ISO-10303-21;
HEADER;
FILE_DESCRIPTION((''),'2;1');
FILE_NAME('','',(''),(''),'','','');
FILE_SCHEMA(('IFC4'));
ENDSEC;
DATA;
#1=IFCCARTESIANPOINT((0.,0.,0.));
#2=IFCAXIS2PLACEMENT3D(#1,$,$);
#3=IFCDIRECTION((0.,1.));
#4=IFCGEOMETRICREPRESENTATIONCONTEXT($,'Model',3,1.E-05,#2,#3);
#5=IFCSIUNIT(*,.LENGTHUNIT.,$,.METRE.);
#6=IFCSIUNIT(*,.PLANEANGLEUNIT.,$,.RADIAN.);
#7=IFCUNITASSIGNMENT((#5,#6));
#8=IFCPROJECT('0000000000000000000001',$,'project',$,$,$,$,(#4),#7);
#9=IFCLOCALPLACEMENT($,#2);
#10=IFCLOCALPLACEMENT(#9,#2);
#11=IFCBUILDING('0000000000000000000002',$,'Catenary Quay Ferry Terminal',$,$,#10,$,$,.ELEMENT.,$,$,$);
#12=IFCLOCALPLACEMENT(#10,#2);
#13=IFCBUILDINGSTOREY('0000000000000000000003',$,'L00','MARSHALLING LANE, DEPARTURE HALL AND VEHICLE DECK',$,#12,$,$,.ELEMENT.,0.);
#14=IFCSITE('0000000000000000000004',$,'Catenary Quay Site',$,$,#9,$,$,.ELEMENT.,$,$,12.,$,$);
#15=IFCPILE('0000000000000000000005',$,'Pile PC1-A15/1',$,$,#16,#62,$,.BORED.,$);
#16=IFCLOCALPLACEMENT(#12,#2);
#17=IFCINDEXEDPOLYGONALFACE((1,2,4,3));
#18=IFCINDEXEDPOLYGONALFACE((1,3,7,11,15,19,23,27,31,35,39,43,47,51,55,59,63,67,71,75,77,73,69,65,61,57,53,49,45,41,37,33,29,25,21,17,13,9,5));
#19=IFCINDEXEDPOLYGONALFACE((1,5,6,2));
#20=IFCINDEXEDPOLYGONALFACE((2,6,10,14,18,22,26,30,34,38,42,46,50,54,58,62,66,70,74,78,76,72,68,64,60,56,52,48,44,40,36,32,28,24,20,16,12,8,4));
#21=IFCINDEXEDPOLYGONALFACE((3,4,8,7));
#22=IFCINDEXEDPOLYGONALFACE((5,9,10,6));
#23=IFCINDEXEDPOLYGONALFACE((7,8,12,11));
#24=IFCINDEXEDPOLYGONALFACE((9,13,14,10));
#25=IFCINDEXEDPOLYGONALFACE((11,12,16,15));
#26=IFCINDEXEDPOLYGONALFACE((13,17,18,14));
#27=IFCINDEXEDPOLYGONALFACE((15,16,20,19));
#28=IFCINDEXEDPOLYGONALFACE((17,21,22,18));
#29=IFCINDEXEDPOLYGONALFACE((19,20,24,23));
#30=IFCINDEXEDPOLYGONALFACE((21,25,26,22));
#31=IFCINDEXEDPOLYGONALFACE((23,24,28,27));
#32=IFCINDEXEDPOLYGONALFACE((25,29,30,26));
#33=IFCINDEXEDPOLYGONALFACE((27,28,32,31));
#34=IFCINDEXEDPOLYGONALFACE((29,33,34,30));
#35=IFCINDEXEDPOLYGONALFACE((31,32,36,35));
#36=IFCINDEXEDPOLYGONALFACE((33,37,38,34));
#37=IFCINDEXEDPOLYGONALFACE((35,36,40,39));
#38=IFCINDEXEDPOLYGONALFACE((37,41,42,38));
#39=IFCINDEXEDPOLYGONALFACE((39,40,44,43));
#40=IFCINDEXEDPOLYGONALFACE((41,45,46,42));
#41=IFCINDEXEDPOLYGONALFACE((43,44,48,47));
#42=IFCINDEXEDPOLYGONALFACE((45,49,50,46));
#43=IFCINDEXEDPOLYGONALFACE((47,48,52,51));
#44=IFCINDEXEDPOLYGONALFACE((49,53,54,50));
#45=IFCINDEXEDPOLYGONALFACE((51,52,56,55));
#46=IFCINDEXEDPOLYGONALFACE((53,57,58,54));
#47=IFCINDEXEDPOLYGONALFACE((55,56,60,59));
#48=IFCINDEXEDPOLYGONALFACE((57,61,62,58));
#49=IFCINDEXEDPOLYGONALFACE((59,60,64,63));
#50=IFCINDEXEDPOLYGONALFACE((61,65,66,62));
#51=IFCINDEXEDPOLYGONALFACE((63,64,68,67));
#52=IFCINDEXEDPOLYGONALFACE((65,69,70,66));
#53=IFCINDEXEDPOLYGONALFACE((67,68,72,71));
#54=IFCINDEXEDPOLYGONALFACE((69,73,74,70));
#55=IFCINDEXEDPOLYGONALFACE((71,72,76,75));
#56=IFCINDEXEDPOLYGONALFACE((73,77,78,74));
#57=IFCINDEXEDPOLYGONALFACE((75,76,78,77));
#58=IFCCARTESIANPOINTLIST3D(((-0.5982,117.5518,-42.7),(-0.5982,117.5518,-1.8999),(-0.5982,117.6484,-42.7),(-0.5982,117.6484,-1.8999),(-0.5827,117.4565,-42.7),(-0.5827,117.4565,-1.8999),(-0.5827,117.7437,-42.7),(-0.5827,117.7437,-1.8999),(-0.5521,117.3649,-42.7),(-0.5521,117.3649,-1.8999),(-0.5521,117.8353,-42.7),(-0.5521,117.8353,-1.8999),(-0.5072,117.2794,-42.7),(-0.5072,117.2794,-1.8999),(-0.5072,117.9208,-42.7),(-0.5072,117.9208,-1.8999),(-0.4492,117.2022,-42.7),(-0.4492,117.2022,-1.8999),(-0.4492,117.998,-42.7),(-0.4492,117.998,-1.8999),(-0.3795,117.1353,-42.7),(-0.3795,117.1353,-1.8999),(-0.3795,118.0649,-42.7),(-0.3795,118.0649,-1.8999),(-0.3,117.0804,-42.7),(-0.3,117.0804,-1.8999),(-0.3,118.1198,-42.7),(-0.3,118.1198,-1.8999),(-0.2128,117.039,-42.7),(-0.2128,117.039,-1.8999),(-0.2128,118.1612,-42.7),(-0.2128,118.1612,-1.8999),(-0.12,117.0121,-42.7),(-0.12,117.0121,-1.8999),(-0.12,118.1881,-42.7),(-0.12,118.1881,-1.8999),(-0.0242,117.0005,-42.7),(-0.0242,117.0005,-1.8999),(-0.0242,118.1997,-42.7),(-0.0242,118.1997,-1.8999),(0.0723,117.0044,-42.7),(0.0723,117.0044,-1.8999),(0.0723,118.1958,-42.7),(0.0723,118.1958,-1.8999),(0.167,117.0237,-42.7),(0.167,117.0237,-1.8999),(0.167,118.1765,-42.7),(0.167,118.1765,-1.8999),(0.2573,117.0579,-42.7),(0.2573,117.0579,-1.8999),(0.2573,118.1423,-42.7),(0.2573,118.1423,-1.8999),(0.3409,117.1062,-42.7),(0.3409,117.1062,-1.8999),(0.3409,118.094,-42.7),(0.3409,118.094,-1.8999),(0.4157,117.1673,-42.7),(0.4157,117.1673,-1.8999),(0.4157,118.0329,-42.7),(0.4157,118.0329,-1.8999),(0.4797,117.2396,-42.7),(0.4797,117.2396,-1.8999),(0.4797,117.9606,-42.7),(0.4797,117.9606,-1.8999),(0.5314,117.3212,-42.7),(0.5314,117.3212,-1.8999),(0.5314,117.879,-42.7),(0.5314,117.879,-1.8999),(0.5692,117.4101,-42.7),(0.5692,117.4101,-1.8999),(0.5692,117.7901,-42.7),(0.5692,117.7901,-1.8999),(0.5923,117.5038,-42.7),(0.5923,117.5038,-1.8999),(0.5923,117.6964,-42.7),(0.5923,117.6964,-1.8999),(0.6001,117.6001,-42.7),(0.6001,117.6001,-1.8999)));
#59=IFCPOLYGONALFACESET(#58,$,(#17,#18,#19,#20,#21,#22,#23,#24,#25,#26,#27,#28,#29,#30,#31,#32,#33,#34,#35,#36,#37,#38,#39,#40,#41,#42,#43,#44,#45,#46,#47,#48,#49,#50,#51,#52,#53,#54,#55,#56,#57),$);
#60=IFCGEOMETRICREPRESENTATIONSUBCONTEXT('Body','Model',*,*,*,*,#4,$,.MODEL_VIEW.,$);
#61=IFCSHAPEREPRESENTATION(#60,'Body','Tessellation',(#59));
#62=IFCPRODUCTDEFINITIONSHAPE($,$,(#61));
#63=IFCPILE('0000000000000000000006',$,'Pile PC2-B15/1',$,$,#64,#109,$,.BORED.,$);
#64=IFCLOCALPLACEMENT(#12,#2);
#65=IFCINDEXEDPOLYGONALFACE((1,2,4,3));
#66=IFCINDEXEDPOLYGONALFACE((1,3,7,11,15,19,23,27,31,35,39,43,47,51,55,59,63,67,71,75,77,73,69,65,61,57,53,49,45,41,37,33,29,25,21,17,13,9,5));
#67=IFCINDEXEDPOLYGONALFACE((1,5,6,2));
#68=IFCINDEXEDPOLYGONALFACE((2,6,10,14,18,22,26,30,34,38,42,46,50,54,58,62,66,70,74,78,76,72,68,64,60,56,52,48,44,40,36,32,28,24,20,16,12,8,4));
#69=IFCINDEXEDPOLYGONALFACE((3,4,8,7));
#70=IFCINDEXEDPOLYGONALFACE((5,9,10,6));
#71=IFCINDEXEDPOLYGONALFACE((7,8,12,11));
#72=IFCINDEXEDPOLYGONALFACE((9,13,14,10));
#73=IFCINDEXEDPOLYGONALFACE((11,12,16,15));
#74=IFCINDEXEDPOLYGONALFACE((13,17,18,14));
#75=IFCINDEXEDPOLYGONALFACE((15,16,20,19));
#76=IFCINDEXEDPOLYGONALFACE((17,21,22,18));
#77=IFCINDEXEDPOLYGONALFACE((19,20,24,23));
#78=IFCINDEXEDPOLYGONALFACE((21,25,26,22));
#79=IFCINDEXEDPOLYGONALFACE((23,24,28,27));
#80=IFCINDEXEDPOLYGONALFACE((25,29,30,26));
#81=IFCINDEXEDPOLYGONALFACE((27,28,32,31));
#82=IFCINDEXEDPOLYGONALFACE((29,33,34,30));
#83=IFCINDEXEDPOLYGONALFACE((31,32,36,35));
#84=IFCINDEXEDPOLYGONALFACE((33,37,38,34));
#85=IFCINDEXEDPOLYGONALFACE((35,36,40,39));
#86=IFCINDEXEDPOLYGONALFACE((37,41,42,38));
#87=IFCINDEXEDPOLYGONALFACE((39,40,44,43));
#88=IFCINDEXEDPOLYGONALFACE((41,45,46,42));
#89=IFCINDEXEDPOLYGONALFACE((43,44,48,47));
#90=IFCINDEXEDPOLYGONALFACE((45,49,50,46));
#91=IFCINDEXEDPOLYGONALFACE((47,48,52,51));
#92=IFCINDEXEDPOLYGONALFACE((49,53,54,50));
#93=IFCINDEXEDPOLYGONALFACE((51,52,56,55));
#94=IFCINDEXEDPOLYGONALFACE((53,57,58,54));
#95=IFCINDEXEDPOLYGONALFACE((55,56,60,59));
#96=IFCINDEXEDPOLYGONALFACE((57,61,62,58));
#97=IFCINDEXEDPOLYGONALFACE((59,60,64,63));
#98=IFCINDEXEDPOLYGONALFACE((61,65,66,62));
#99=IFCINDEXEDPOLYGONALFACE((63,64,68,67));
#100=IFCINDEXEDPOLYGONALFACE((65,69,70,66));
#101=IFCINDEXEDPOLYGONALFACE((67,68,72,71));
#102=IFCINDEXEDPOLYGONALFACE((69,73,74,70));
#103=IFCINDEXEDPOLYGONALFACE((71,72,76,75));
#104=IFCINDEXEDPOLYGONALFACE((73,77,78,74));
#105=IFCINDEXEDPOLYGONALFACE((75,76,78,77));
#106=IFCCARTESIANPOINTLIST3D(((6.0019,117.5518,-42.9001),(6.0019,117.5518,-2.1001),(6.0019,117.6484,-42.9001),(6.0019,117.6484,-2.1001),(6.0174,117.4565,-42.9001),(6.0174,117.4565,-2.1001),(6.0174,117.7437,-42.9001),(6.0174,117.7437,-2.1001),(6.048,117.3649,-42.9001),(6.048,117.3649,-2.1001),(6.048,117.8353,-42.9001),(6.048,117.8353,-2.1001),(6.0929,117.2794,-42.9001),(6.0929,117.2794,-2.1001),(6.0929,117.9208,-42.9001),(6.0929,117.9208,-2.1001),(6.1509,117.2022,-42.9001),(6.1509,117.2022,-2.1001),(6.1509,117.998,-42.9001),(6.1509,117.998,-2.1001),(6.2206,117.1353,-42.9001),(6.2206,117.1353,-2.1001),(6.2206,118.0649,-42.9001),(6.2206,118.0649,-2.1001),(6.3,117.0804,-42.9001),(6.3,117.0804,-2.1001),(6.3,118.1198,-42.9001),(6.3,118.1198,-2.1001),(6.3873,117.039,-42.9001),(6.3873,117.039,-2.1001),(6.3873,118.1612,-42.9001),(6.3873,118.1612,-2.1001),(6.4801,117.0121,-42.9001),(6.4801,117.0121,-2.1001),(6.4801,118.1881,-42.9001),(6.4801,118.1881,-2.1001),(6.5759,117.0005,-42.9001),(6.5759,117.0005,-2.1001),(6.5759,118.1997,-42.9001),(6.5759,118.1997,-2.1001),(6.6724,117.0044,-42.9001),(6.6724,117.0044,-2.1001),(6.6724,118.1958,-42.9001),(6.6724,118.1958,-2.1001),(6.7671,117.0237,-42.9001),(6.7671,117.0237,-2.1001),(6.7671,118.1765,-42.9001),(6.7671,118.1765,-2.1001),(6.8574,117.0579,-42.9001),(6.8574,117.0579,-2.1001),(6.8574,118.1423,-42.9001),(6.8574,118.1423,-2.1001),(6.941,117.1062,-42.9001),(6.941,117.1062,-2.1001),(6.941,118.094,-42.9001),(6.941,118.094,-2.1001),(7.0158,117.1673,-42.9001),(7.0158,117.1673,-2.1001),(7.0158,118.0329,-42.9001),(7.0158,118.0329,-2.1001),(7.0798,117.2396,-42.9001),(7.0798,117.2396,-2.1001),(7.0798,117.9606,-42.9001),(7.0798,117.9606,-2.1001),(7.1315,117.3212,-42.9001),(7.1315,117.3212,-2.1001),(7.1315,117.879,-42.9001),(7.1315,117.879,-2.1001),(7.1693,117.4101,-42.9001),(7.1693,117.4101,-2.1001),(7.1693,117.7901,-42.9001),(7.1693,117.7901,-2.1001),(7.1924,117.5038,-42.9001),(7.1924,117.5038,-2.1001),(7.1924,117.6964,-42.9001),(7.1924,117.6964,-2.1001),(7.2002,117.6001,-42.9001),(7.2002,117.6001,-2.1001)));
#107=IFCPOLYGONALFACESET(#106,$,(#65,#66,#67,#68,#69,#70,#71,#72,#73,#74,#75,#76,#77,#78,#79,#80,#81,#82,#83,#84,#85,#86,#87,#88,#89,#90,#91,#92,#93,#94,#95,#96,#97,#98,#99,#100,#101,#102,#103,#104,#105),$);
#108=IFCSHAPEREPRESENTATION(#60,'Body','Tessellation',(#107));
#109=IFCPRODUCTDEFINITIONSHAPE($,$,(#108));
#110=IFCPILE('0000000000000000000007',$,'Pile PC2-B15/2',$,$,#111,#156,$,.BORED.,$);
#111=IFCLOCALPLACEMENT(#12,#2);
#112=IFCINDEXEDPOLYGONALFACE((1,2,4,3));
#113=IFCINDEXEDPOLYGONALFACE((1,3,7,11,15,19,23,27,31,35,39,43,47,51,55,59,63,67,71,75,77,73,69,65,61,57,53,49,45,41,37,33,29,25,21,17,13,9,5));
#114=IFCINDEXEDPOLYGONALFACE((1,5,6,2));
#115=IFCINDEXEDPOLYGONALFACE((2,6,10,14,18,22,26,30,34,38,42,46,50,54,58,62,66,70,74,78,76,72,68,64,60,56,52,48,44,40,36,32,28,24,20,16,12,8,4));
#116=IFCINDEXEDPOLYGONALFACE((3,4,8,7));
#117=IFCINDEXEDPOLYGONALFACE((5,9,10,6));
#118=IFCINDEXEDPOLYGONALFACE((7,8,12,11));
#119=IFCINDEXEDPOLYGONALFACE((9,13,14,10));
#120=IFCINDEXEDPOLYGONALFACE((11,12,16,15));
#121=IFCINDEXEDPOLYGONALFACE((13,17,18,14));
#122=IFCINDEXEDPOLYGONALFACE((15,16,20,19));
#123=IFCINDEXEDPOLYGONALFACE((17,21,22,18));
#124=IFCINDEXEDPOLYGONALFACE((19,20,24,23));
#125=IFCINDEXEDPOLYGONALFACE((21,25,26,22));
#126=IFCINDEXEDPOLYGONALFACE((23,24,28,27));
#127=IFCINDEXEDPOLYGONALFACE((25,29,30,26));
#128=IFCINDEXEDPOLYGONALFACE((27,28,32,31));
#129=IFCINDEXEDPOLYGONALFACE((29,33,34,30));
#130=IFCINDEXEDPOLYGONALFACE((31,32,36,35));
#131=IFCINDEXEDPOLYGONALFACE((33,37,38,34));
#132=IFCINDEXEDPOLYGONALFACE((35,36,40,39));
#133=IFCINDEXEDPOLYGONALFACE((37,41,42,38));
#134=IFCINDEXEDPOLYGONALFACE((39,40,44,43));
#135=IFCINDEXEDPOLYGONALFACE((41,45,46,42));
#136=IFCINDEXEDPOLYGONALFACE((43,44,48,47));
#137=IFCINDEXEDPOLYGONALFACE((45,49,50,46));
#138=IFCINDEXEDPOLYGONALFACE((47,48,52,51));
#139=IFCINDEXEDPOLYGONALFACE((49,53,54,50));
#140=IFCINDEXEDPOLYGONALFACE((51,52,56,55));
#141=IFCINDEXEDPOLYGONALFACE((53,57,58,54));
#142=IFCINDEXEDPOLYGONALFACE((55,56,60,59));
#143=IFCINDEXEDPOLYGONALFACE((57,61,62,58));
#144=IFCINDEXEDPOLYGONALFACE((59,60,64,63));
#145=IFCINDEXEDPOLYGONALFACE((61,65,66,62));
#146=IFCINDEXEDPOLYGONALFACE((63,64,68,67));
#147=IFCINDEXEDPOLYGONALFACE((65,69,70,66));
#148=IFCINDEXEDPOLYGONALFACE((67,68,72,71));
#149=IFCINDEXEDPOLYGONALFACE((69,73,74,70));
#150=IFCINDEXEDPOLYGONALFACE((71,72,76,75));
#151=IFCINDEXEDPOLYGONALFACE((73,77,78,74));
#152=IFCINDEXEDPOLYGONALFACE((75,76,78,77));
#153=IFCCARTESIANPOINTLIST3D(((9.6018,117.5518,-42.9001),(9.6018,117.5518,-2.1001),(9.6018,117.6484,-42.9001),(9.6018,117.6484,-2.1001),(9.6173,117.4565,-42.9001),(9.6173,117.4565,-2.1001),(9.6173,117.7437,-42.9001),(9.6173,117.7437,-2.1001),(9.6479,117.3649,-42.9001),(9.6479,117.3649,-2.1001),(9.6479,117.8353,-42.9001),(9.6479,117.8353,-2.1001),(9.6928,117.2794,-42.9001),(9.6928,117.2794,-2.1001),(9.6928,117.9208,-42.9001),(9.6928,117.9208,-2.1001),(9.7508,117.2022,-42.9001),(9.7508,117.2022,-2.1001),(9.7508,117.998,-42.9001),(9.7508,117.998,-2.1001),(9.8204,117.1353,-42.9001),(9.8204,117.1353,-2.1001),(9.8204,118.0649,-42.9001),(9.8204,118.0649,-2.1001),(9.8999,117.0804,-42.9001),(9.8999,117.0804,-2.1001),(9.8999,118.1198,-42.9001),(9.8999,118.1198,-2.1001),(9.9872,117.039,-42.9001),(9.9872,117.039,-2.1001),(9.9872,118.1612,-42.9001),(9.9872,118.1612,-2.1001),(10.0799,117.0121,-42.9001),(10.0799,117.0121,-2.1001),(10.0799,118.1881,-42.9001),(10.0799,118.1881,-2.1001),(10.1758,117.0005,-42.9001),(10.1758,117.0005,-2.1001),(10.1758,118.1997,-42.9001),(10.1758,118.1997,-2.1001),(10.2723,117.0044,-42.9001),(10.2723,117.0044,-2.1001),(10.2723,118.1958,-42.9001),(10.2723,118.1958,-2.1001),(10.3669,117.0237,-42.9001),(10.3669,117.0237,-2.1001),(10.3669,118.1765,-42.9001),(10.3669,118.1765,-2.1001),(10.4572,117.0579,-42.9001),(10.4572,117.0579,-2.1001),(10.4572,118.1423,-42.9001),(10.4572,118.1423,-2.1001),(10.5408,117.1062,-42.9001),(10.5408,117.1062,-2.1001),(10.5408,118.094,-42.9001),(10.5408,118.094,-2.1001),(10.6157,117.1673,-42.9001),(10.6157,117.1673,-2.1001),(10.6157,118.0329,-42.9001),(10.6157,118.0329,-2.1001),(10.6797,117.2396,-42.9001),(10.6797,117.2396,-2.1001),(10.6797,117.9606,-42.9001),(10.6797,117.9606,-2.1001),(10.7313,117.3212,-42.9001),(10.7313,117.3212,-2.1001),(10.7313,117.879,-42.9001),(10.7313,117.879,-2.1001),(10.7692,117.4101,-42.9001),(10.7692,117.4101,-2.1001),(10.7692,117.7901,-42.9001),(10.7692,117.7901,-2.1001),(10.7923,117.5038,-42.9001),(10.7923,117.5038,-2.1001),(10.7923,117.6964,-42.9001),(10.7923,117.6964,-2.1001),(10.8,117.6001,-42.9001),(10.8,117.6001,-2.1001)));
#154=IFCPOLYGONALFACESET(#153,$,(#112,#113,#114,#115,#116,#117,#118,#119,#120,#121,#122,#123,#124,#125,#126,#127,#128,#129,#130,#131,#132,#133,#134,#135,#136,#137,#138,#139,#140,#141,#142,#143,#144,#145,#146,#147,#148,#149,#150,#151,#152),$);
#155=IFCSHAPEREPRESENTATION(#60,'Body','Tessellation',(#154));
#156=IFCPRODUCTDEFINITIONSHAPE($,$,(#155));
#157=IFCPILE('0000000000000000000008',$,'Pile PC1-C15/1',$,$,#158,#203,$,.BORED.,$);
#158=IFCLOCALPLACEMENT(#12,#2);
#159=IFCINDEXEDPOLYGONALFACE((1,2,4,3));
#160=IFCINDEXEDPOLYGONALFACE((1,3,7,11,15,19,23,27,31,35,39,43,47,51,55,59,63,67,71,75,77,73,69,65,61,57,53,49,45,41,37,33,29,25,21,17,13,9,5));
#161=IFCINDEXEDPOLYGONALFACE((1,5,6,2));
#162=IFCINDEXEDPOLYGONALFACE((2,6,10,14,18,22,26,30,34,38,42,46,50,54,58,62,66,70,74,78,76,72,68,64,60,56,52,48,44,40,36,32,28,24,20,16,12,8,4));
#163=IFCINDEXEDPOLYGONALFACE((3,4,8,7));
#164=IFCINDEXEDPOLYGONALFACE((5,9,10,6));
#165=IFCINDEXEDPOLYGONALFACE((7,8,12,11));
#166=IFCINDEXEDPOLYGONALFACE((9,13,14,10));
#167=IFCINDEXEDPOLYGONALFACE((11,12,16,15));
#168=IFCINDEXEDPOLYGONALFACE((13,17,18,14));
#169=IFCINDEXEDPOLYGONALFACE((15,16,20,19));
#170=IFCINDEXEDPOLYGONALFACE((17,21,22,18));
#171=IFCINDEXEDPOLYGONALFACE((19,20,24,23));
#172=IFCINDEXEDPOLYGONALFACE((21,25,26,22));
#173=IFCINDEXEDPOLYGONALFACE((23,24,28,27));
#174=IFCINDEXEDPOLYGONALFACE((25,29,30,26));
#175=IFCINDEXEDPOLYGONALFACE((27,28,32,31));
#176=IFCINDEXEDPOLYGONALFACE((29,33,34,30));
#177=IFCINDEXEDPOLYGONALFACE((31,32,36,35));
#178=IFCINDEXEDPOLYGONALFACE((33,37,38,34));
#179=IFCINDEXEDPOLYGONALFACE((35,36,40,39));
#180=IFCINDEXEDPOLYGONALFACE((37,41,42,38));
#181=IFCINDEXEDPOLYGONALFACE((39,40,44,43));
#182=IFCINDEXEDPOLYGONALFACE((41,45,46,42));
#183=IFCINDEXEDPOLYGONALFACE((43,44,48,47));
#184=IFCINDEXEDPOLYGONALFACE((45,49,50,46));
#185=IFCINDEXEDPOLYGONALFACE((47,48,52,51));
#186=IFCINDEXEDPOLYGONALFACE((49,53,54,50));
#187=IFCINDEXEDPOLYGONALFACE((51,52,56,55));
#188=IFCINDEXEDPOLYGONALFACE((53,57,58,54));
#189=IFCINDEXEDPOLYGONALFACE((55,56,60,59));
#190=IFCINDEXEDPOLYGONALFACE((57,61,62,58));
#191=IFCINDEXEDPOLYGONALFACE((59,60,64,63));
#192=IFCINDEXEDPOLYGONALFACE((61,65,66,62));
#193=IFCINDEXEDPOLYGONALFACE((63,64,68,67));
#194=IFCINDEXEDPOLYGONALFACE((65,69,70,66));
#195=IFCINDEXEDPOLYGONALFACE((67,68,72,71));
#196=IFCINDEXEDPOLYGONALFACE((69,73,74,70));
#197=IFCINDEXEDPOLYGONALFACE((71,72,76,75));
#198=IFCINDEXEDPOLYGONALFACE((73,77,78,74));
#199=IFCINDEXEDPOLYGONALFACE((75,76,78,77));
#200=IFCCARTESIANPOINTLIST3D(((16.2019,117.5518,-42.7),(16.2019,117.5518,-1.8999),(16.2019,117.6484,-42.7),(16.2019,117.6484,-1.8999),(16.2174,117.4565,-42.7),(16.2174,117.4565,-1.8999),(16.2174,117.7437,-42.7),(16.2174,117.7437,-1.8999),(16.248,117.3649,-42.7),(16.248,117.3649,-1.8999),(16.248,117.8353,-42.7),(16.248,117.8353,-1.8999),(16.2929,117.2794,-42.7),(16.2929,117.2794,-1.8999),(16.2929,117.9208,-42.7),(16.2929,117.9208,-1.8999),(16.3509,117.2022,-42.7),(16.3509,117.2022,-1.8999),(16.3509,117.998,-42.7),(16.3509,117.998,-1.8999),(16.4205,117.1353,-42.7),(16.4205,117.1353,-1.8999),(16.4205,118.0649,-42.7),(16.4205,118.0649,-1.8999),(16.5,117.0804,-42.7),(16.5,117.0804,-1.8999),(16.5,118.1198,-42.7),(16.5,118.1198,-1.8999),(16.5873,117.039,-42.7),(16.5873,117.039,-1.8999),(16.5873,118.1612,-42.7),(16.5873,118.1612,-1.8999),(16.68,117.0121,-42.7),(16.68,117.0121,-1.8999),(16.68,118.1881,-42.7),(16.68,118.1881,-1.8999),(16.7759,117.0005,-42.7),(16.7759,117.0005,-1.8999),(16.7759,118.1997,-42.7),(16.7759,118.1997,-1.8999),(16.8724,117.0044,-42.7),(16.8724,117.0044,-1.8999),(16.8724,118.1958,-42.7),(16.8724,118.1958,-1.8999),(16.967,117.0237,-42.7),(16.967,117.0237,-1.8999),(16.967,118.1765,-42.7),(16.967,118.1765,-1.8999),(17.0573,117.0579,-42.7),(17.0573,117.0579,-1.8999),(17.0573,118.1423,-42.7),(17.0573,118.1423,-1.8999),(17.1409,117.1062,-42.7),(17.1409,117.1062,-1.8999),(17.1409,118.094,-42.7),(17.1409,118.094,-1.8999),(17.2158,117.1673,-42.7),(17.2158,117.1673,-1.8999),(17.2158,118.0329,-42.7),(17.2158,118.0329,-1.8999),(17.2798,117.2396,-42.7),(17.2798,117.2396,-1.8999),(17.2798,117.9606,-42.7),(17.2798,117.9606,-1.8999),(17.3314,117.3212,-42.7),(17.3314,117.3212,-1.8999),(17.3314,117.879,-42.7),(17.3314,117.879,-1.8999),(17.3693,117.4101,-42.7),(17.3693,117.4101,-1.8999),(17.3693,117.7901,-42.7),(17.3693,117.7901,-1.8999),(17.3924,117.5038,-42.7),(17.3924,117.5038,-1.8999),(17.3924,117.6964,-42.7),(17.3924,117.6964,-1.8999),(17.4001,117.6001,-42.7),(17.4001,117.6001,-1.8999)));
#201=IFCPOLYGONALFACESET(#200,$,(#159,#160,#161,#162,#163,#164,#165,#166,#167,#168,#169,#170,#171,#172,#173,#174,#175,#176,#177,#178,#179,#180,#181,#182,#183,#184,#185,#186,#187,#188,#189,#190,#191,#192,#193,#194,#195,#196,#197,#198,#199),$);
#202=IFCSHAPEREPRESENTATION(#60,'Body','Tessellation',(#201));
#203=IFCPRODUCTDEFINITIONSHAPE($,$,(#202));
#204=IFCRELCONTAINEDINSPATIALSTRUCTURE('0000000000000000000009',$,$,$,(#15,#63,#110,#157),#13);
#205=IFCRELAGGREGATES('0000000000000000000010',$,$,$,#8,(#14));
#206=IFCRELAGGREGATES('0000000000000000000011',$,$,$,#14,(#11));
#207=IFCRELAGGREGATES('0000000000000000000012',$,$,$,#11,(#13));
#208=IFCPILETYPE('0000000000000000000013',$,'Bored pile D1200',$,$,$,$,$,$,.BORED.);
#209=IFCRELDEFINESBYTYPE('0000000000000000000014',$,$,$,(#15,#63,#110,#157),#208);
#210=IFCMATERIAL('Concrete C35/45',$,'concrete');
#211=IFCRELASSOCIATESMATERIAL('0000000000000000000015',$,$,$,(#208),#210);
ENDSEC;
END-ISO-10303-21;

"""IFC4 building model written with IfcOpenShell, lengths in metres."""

from ifc_helpers import new_model, si_unit, direction, frame, origin, origin_2d, place, context, subcontext, project, spatial, circle, extrude, material, material_profile, profile_set, type_object, element, save


model = new_model("IFC4")

# Units and contexts
model_context = context("Model", 3, precision=1e-05, world=origin(), true_north=direction((0.0, 1.0)))
body_context = subcontext(model_context, "Body", "Model", "MODEL_VIEW")
ifc_project = project(units=[si_unit("LENGTHUNIT", "METRE"), si_unit("PLANEANGLEUNIT", "RADIAN")], contexts=[model_context])

# Site, building, storey
site_placement = place(None, origin())
site = spatial("IfcSite", under=ifc_project, at=site_placement, Name="Catenary Quay Site", CompositionType="ELEMENT", RefElevation=12.0)
building_placement = place(site_placement, origin())
building = spatial("IfcBuilding", under=site, at=building_placement, Name="Catenary Quay Ferry Terminal", CompositionType="ELEMENT")
storey_placement = place(building_placement, origin())
storey = spatial("IfcBuildingStorey", under=building, at=storey_placement, Name="L00", Description="MARSHALLING LANE, DEPARTURE HALL AND VEHICLE DECK", CompositionType="ELEMENT", Elevation=0.0)

# Piles
ifc_material_1 = material(Name="Concrete C35/45", Category="concrete")
ifc_material_profile_1 = material_profile(ifc_material_1, circle(Radius=0.6001, at=origin_2d()), Name="D1200")
ifc_profile_set_1 = profile_set([ifc_material_profile_1], Name="Concrete C35/45")
pile_type = type_object("IfcPileType", Name="Bored pile D1200", PredefinedType="BORED", material=ifc_profile_set_1)
for number, where, z_axis, x_axis, name in (
    (1, (0.0, 117.6001, -1.8999), (0.0, 0.0, -1.0), (1.0, 0.0, 0.0), "Pile PC1-A15/1"),
    (2, (6.6001, 117.6001, -2.1001), (0.0, 0.0, -1.0), (1.0, 0.0, 0.0), "Pile PC2-B15/1"),
    (3, (10.2, 117.6001, -2.1001), (0.0, 0.0, -1.0), (1.0, 0.0, 0.0), "Pile PC2-B15/2"),
    (4, (16.8, 117.6001, -1.8999), (0.0, 0.0, -1.0), (1.0, 0.0, 0.0), "Pile PC1-C15/1"),
):
    element("IfcPile", number, at=place(storey_placement, frame(where, z_axis=z_axis, x_axis=x_axis)), inside=storey, type_object=pile_type, Name=name, PredefinedType="BORED", context=body_context, shape_type="SweptSolid", body=[
        extrude(circle(Radius=0.6001, at=origin_2d()), origin(), (0.0, 0.0, 1.0), 40.8),
    ])

save(model, "model.ifc")
